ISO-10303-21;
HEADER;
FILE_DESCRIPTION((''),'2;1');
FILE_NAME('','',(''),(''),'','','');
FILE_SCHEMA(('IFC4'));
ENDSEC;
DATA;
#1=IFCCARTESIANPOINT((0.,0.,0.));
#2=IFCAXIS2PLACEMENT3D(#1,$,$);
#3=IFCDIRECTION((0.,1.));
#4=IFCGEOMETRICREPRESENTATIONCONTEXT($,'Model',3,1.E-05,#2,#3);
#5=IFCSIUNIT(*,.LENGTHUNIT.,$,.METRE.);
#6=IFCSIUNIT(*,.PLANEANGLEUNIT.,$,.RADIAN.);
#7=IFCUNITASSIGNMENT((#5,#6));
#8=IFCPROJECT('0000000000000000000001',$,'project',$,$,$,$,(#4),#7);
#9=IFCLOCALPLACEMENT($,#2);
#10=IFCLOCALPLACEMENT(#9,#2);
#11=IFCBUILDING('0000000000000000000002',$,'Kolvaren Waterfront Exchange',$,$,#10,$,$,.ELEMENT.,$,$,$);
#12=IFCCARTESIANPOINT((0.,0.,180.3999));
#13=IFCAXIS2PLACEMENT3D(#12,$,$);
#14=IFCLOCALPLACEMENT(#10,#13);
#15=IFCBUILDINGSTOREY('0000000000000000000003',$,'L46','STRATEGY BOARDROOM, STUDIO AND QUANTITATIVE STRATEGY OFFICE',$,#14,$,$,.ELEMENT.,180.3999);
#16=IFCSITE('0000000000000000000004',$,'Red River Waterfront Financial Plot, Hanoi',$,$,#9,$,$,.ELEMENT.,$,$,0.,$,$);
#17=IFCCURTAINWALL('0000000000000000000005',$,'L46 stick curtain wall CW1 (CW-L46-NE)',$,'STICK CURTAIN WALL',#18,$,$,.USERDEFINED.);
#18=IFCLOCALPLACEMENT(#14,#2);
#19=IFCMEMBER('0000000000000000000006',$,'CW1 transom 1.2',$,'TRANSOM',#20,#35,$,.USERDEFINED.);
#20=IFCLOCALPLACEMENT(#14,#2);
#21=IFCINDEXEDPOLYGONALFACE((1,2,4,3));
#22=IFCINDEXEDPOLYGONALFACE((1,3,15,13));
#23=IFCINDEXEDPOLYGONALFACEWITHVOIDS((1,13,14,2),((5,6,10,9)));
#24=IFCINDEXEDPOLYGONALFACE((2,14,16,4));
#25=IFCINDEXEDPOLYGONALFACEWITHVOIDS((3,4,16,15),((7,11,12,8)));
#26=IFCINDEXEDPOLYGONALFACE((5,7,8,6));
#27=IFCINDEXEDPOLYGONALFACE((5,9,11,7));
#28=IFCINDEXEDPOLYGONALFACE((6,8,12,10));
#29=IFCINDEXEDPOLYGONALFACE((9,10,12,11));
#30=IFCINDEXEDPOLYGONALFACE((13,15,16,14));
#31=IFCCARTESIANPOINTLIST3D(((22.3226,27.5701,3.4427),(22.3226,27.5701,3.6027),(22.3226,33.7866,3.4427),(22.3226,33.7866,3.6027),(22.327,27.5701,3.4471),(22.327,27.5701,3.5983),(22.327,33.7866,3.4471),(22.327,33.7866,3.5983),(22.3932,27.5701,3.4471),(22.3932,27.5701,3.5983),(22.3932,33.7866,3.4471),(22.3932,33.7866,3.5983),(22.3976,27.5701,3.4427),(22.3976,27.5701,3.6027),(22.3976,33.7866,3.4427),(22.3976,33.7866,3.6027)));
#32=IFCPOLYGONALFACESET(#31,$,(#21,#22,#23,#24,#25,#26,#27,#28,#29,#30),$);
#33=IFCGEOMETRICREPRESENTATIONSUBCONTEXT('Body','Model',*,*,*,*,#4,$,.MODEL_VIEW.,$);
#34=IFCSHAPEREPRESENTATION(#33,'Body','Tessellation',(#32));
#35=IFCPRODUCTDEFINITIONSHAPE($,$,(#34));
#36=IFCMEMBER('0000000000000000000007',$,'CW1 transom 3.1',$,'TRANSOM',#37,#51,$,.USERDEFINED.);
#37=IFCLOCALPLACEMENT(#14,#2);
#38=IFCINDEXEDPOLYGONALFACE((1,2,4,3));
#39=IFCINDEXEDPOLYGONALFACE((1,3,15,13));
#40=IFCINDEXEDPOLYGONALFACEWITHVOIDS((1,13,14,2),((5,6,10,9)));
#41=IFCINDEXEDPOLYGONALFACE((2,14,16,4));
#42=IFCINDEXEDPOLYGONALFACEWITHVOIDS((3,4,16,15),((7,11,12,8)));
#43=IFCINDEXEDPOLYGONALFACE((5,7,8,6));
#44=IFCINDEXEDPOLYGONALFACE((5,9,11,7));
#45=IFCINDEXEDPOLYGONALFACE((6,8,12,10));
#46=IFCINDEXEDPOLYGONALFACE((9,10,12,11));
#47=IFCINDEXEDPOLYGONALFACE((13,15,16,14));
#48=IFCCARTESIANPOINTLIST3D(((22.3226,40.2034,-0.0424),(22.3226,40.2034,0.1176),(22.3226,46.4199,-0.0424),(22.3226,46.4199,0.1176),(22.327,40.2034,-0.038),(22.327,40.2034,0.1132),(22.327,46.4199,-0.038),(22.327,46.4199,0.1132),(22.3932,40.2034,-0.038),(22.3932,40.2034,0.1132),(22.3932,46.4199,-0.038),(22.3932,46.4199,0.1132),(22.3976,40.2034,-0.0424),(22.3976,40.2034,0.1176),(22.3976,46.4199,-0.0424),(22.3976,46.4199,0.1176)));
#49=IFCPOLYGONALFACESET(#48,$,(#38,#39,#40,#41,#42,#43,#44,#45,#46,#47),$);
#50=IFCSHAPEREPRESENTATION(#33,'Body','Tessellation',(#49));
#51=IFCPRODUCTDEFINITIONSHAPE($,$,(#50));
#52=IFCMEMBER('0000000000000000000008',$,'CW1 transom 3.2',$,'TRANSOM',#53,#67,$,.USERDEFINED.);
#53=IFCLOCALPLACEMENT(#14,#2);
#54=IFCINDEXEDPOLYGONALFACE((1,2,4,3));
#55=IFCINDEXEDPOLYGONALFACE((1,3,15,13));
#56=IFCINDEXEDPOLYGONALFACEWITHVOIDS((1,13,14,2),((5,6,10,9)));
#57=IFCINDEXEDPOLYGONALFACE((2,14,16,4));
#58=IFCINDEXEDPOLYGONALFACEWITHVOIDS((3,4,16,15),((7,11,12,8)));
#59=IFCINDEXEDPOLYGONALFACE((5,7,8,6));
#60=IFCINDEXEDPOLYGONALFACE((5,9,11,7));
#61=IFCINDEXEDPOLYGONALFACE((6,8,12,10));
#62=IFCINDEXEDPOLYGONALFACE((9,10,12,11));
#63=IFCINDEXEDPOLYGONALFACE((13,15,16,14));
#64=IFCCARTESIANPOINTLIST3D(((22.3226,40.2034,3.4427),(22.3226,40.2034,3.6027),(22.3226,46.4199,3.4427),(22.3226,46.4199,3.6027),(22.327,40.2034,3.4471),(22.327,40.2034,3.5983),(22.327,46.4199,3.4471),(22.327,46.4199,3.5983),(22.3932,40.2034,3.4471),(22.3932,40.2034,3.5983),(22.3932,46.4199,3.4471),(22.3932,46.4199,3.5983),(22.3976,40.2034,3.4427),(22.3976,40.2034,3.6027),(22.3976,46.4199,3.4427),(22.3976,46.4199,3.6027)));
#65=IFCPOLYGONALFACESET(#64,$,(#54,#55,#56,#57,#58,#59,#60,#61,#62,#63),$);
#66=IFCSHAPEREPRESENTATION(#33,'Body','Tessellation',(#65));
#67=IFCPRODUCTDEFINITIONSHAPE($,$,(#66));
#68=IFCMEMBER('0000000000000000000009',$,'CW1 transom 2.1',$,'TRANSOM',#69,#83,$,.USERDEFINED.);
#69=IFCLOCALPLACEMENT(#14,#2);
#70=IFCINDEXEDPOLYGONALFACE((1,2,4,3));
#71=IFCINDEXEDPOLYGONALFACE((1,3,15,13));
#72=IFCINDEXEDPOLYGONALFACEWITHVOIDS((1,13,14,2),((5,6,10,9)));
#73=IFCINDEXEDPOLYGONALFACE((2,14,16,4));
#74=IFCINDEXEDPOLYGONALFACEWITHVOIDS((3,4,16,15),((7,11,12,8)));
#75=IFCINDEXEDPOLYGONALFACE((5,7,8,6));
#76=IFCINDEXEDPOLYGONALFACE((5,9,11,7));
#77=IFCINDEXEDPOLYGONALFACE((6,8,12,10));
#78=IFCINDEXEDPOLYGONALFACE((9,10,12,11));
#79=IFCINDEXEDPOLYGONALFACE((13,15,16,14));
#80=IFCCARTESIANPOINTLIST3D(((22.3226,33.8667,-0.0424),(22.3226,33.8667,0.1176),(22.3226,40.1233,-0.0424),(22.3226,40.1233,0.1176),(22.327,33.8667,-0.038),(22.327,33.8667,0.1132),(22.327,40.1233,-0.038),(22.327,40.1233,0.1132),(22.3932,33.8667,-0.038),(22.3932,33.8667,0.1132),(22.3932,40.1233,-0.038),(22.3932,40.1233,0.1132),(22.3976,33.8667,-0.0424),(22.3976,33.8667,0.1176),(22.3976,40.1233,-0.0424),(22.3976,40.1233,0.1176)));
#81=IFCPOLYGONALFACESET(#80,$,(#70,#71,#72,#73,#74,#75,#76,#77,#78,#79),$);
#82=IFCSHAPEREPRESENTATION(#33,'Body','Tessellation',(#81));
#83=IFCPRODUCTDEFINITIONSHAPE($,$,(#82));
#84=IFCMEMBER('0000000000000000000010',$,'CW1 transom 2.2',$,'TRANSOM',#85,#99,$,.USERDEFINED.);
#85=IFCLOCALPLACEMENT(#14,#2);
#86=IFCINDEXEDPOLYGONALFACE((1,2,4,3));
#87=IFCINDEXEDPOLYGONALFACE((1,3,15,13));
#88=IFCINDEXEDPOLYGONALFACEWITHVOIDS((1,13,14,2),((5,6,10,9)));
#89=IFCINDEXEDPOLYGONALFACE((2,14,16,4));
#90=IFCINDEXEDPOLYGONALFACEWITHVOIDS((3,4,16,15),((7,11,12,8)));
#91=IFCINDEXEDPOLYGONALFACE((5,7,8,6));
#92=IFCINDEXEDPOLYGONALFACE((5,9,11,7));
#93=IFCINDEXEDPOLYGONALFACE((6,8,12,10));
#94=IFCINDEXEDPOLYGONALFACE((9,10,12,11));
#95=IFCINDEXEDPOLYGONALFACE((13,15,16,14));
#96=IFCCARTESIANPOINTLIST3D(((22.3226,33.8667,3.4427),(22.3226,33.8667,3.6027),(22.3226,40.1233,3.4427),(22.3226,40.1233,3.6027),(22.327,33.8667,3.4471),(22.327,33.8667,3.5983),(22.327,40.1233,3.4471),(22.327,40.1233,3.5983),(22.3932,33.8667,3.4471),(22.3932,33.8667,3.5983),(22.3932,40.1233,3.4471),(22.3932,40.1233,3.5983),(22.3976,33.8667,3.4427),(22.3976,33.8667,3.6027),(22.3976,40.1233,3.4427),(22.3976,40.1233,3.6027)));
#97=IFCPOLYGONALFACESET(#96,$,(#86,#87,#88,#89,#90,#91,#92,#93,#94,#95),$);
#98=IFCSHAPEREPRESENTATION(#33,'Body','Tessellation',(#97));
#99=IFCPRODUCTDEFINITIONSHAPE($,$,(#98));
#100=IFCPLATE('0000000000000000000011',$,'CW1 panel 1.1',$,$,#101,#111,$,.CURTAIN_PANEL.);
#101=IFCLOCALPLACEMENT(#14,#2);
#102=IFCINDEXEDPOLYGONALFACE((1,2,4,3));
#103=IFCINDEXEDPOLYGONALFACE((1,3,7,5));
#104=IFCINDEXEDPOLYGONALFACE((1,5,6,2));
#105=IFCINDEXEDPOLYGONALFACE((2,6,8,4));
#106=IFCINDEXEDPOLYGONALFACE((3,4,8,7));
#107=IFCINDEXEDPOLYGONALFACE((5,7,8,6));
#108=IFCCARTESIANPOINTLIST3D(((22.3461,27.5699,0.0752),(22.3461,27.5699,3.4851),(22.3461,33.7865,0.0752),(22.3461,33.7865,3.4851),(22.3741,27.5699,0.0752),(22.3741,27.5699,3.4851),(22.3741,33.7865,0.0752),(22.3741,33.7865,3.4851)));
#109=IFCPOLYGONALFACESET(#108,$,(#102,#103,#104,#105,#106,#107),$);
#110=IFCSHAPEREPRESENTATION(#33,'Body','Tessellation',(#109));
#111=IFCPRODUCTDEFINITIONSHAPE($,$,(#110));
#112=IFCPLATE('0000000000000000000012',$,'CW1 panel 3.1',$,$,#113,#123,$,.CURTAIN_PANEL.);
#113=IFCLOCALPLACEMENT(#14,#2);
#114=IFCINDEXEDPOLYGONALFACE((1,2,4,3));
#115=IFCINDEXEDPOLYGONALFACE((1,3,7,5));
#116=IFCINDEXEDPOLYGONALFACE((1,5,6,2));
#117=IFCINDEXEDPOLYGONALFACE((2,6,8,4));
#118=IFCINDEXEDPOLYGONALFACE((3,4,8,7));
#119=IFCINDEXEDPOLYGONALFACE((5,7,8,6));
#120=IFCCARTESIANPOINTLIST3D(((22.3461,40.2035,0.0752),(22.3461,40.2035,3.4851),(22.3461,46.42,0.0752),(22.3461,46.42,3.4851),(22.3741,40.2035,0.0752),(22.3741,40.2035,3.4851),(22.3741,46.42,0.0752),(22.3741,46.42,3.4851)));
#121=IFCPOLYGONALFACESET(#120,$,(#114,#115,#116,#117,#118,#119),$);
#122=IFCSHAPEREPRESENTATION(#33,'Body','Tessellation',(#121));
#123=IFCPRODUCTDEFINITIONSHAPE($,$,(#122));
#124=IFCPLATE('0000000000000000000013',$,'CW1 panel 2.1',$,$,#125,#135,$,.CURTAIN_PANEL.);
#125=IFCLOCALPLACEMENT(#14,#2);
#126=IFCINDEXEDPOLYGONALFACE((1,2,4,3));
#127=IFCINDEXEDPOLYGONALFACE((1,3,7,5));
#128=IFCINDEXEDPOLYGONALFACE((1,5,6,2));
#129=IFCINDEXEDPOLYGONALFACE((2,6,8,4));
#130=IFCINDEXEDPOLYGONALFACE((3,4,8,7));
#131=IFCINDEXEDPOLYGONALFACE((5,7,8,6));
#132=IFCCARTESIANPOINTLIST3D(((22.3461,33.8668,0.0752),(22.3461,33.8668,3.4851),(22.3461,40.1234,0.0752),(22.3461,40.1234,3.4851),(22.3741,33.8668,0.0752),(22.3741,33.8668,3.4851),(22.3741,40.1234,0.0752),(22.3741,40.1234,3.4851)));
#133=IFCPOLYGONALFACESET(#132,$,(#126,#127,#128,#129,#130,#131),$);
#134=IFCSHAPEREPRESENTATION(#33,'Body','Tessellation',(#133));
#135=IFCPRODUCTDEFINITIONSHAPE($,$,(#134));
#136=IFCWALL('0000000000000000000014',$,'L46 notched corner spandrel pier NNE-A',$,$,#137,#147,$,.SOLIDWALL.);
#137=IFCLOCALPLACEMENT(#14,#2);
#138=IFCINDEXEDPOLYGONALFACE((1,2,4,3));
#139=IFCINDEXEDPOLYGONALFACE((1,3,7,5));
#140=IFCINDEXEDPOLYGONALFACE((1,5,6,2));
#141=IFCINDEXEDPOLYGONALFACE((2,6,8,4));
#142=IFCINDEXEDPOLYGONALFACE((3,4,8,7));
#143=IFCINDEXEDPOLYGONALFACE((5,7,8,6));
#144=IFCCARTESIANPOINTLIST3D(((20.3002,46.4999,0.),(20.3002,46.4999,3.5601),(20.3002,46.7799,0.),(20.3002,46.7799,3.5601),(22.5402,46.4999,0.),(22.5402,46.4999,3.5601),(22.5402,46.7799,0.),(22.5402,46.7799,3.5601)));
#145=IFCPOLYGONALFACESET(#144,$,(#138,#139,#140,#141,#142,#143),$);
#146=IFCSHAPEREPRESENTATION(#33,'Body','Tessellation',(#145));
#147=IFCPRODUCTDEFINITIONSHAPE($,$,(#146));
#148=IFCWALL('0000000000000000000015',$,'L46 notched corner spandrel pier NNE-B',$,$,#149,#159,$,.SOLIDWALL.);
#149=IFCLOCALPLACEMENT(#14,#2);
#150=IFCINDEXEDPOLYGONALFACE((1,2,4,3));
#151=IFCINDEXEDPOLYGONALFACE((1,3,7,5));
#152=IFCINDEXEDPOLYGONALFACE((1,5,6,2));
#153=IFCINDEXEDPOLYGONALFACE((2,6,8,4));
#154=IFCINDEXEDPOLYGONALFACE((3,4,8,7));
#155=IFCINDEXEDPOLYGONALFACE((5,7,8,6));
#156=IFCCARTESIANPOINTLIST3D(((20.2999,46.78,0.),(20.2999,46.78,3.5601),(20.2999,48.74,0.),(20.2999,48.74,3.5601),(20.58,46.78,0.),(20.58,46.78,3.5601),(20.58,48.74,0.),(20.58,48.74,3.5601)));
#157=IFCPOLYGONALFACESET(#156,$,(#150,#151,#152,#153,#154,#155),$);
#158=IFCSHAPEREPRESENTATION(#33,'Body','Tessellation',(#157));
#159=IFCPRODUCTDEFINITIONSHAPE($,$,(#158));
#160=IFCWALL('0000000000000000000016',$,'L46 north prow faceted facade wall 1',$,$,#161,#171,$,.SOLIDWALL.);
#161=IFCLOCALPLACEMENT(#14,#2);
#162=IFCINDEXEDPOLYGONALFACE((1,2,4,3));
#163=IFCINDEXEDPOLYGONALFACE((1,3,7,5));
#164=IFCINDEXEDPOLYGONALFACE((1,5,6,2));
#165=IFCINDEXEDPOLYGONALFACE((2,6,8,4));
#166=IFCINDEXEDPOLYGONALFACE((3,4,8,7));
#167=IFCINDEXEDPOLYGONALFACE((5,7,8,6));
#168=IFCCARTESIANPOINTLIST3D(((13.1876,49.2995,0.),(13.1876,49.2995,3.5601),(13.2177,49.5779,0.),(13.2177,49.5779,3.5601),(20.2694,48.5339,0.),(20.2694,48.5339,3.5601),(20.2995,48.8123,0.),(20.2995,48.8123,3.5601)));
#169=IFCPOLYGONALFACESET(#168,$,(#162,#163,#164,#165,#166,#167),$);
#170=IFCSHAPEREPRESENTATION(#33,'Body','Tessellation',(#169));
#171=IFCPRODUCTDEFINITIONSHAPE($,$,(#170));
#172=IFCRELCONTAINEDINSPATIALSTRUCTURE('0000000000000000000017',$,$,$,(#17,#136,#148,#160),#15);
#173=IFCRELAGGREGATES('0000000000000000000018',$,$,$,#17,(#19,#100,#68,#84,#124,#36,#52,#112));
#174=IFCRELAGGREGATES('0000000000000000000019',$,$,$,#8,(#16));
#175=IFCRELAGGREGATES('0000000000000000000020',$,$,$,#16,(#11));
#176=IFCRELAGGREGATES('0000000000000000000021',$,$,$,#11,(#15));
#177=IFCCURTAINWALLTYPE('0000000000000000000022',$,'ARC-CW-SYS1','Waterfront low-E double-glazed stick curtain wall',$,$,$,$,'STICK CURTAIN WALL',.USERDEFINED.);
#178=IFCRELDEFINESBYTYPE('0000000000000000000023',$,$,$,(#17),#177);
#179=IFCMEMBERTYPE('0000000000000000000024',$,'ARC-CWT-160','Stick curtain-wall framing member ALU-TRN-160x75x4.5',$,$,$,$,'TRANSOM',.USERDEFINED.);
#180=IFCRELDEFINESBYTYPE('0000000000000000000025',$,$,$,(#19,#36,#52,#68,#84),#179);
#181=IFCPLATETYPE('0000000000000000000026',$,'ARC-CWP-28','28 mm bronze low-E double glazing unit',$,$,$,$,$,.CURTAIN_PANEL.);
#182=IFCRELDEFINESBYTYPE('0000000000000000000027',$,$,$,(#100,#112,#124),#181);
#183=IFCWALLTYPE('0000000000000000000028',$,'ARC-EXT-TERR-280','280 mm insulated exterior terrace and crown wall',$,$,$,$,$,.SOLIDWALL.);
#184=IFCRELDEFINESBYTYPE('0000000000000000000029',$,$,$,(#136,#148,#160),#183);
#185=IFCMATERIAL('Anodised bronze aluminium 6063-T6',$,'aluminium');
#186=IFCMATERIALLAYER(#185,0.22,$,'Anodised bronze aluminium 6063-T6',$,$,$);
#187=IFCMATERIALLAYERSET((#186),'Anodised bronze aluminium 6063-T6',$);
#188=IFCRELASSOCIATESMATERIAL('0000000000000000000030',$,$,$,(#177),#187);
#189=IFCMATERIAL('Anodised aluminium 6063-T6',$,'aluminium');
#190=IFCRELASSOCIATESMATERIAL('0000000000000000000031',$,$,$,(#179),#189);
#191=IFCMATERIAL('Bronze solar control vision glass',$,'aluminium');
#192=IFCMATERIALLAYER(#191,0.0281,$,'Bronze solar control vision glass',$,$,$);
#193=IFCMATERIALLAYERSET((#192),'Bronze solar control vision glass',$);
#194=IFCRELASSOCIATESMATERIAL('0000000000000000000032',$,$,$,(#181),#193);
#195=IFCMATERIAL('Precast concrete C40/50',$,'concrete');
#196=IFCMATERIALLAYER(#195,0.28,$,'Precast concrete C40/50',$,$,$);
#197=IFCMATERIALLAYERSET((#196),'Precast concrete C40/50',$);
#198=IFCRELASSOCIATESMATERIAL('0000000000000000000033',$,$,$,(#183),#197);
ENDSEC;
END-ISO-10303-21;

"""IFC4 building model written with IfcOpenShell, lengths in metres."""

from ifc_helpers import new_model, si_unit, direction, frame, frame_2d, origin, origin_with_axes, origin_2d, place, context, subcontext, project, spatial, rectangle, hollow_rectangle, extrude, source, transform, mapped, material, layer, layer_set, material_profile, profile_set, type_object, element, aggregate, save


model = new_model("IFC4")

# Units and contexts
model_context = context("Model", 3, precision=1e-05, world=origin(), true_north=direction((0.0, 1.0)))
body_context = subcontext(model_context, "Body", "Model", "MODEL_VIEW")
ifc_project = project(units=[si_unit("LENGTHUNIT", "METRE"), si_unit("PLANEANGLEUNIT", "RADIAN")], contexts=[model_context])

# Site, building, storey
site_placement = place(None, origin())
site = spatial("IfcSite", under=ifc_project, at=site_placement, Name="Red River Waterfront Financial Plot, Hanoi", CompositionType="ELEMENT", RefElevation=0.0)
building_placement = place(site_placement, origin())
building = spatial("IfcBuilding", under=site, at=building_placement, Name="Kolvaren Waterfront Exchange", CompositionType="ELEMENT")
storey_placement = place(building_placement, frame((0.0, 0.0, 180.3999)))
storey = spatial("IfcBuildingStorey", under=building, at=storey_placement, Name="L46", Description="STRATEGY BOARDROOM, STUDIO AND QUANTITATIVE STRATEGY OFFICE", CompositionType="ELEMENT", Elevation=180.3999)

# Curtain wall, members, plates
ifc_material_1 = material(Name="Anodised bronze aluminium 6063-T6", Category="aluminium")
ifc_layer_1 = layer(ifc_material_1, 0.22, Name="Anodised bronze aluminium 6063-T6")
ifc_layer_set_1 = layer_set([ifc_layer_1], Name="Anodised bronze aluminium 6063-T6")
curtain_wall_type = type_object("IfcCurtainWallType", Name="ARC-CW-SYS1", Description="Waterfront low-E double-glazed stick curtain wall", ElementType="STICK CURTAIN WALL", PredefinedType="USERDEFINED", material=ifc_layer_set_1)
curtain_wall_placement = place(storey_placement, origin())
curtain_wall = element("IfcCurtainWall", 1, at=curtain_wall_placement, inside=storey, type_object=curtain_wall_type, Name="L46 stick curtain wall CW1 (CW-L46-NE)", ObjectType="STICK CURTAIN WALL", PredefinedType="USERDEFINED")
ifc_material_2 = material(Name="Anodised aluminium 6063-T6", Category="aluminium")
ifc_material_profile_1 = material_profile(ifc_material_2, hollow_rectangle(XDim=0.075, YDim=0.1599, WallThickness=0.0044, at=origin_2d()), Name="ALU-TRN-160x75x4.5")
ifc_profile_set_1 = profile_set([ifc_material_profile_1], Name="Anodised aluminium 6063-T6")
member_type_1 = type_object("IfcMemberType", Name="ARC-CWT-160", Description="Stick curtain-wall framing member ALU-TRN-160x75x4.5", ElementType="TRANSOM", PredefinedType="USERDEFINED", material=ifc_profile_set_1)
shared_shape_1 = source(origin_with_axes(), body_context, "Body", "SweptSolid", [
    extrude(hollow_rectangle(XDim=0.075, YDim=0.1599, WallThickness=0.0044, at=origin_2d()), origin(), (0.0, 0.0, 1.0), 6.2166),
])
member_1_placement = place(storey_placement, frame((22.3601, 27.5701, 3.5227), z_axis=(0.0, 1.0, 0.0), x_axis=(-1.0, 0.0, 0.0)))
member_1 = element("IfcMember", 2, at=member_1_placement, type_object=member_type_1, Name="CW1 transom 1.2", ObjectType="TRANSOM", PredefinedType="USERDEFINED", context=body_context, shape_type="MappedRepresentation", body=[
    mapped(shared_shape_1, transform((0.0, 0.0, 0.0), x_axis=(1.0, 0.0, 0.0), y_axis=(0.0, 1.0, 0.0), z_axis=(0.0, 0.0, 1.0), scale=1.0)),
])
member_2_placement = place(storey_placement, frame((22.3601, 40.2034, 0.0376), z_axis=(0.0, 1.0, 0.0), x_axis=(-1.0, 0.0, 0.0)))
member_2 = element("IfcMember", 3, at=member_2_placement, type_object=member_type_1, Name="CW1 transom 3.1", ObjectType="TRANSOM", PredefinedType="USERDEFINED", context=body_context, shape_type="MappedRepresentation", body=[
    mapped(shared_shape_1, transform((0.0, 0.0, 0.0), x_axis=(1.0, 0.0, 0.0), y_axis=(0.0, 1.0, 0.0), z_axis=(0.0, 0.0, 1.0), scale=1.0)),
])
member_3_placement = place(storey_placement, frame((22.3601, 40.2034, 3.5227), z_axis=(0.0, 1.0, 0.0), x_axis=(-1.0, 0.0, 0.0)))
member_3 = element("IfcMember", 4, at=member_3_placement, type_object=member_type_1, Name="CW1 transom 3.2", ObjectType="TRANSOM", PredefinedType="USERDEFINED", context=body_context, shape_type="MappedRepresentation", body=[
    mapped(shared_shape_1, transform((0.0, 0.0, 0.0), x_axis=(1.0, 0.0, 0.0), y_axis=(0.0, 1.0, 0.0), z_axis=(0.0, 0.0, 1.0), scale=1.0)),
])
shared_shape_2 = source(origin_with_axes(), body_context, "Body", "SweptSolid", [
    extrude(hollow_rectangle(XDim=0.075, YDim=0.1599, WallThickness=0.0044, at=origin_2d()), origin(), (0.0, 0.0, 1.0), 6.2566),
])
member_4_placement = place(storey_placement, frame((22.3601, 33.8667, 0.0376), z_axis=(0.0, 1.0, 0.0), x_axis=(-1.0, 0.0, 0.0)))
member_4 = element("IfcMember", 5, at=member_4_placement, type_object=member_type_1, Name="CW1 transom 2.1", ObjectType="TRANSOM", PredefinedType="USERDEFINED", context=body_context, shape_type="MappedRepresentation", body=[
    mapped(shared_shape_2, transform((0.0, 0.0, 0.0), x_axis=(1.0, 0.0, 0.0), y_axis=(0.0, 1.0, 0.0), z_axis=(0.0, 0.0, 1.0), scale=1.0)),
])
member_5_placement = place(storey_placement, frame((22.3601, 33.8667, 3.5227), z_axis=(0.0, 1.0, 0.0), x_axis=(-1.0, 0.0, 0.0)))
member_5 = element("IfcMember", 6, at=member_5_placement, type_object=member_type_1, Name="CW1 transom 2.2", ObjectType="TRANSOM", PredefinedType="USERDEFINED", context=body_context, shape_type="MappedRepresentation", body=[
    mapped(shared_shape_2, transform((0.0, 0.0, 0.0), x_axis=(1.0, 0.0, 0.0), y_axis=(0.0, 1.0, 0.0), z_axis=(0.0, 0.0, 1.0), scale=1.0)),
])
ifc_material_3 = material(Name="Bronze solar control vision glass", Category="aluminium")
ifc_layer_2 = layer(ifc_material_3, 0.0281, Name="Bronze solar control vision glass")
ifc_layer_set_2 = layer_set([ifc_layer_2], Name="Bronze solar control vision glass")
plate_type = type_object("IfcPlateType", Name="ARC-CWP-28", Description="28 mm bronze low-E double glazing unit", PredefinedType="CURTAIN_PANEL", material=ifc_layer_set_2)
shared_shape_3 = source(origin_with_axes(), body_context, "Body", "SweptSolid", [
    extrude(rectangle(XDim=6.2166, YDim=0.0281, at=origin_2d()), origin(), (0.0, 0.0, 1.0), 3.4099),
])
plate_1_placement = place(storey_placement, frame((22.3601, 30.6782, 0.0752), z_axis=(0.0, 0.0, 1.0), x_axis=(0.0, 1.0, 0.0)))
plate_1 = element("IfcPlate", 7, at=plate_1_placement, type_object=plate_type, Name="CW1 panel 1.1", PredefinedType="CURTAIN_PANEL", context=body_context, shape_type="MappedRepresentation", body=[
    mapped(shared_shape_3, transform((0.0, 0.0, 0.0), x_axis=(1.0, 0.0, 0.0), y_axis=(0.0, 1.0, 0.0), z_axis=(0.0, 0.0, 1.0), scale=1.0)),
])
plate_2_placement = place(storey_placement, frame((22.3601, 43.3118, 0.0752), z_axis=(0.0, 0.0, 1.0), x_axis=(0.0, 1.0, 0.0)))
plate_2 = element("IfcPlate", 8, at=plate_2_placement, type_object=plate_type, Name="CW1 panel 3.1", PredefinedType="CURTAIN_PANEL", context=body_context, shape_type="MappedRepresentation", body=[
    mapped(shared_shape_3, transform((0.0, 0.0, 0.0), x_axis=(1.0, 0.0, 0.0), y_axis=(0.0, 1.0, 0.0), z_axis=(0.0, 0.0, 1.0), scale=1.0)),
])
shared_shape_4 = source(origin_with_axes(), body_context, "Body", "SweptSolid", [
    extrude(rectangle(XDim=6.2566, YDim=0.0281, at=origin_2d()), origin(), (0.0, 0.0, 1.0), 3.4099),
])
plate_3_placement = place(storey_placement, frame((22.3601, 36.9951, 0.0752), z_axis=(0.0, 0.0, 1.0), x_axis=(0.0, 1.0, 0.0)))
plate_3 = element("IfcPlate", 9, at=plate_3_placement, type_object=plate_type, Name="CW1 panel 2.1", PredefinedType="CURTAIN_PANEL", context=body_context, shape_type="MappedRepresentation", body=[
    mapped(shared_shape_4, transform((0.0, 0.0, 0.0), x_axis=(1.0, 0.0, 0.0), y_axis=(0.0, 1.0, 0.0), z_axis=(0.0, 0.0, 1.0), scale=1.0)),
])
aggregate(curtain_wall, [member_1, plate_1, member_4, member_5, plate_3, member_2, member_3, plate_2])

# Walls
ifc_material_4 = material(Name="Precast concrete C40/50", Category="concrete")
ifc_layer_3 = layer(ifc_material_4, 0.28, Name="Precast concrete C40/50")
ifc_layer_set_3 = layer_set([ifc_layer_3], Name="Precast concrete C40/50")
wall_type = type_object("IfcWallType", Name="ARC-EXT-TERR-280", Description="280 mm insulated exterior terrace and crown wall", PredefinedType="SOLIDWALL", material=ifc_layer_set_3)
wall_1_placement = place(storey_placement, frame((20.3, 46.6399, 0.0), z_axis=(0.0, 0.0, 1.0), x_axis=(1.0, 0.0, 0.0)))
element("IfcWall", 10, at=wall_1_placement, inside=storey, type_object=wall_type, Name="L46 notched corner spandrel pier NNE-A", PredefinedType="SOLIDWALL", context=body_context, shape_type="SweptSolid", body=[
    extrude(rectangle(XDim=2.24, YDim=0.28, at=frame_2d((1.1201, 0.0))), origin(), (0.0, 0.0, 1.0), 3.5601),
])
wall_2_placement = place(storey_placement, frame((20.4399, 46.78, 0.0), z_axis=(0.0, 0.0, 1.0), x_axis=(0.0, 1.0, 0.0)))
element("IfcWall", 11, at=wall_2_placement, inside=storey, type_object=wall_type, Name="L46 notched corner spandrel pier NNE-B", PredefinedType="SOLIDWALL", context=body_context, shape_type="SweptSolid", body=[
    extrude(rectangle(XDim=1.96, YDim=0.28, at=frame_2d((0.98, 0.0))), origin(), (0.0, 0.0, 1.0), 3.5601),
])
wall_3_placement = place(storey_placement, frame((20.2844, 48.6731, 0.0), z_axis=(0.0, 0.0, 1.0), x_axis=(-0.994207, 0.107486, 0.0)))
element("IfcWall", 12, at=wall_3_placement, inside=storey, type_object=wall_type, Name="L46 north prow faceted facade wall 1", PredefinedType="SOLIDWALL", context=body_context, shape_type="SweptSolid", body=[
    extrude(rectangle(XDim=7.123, YDim=0.28, at=frame_2d((3.5615, 0.0))), origin(), (0.0, 0.0, 1.0), 3.5601),
])

save(model, "model.ifc")
